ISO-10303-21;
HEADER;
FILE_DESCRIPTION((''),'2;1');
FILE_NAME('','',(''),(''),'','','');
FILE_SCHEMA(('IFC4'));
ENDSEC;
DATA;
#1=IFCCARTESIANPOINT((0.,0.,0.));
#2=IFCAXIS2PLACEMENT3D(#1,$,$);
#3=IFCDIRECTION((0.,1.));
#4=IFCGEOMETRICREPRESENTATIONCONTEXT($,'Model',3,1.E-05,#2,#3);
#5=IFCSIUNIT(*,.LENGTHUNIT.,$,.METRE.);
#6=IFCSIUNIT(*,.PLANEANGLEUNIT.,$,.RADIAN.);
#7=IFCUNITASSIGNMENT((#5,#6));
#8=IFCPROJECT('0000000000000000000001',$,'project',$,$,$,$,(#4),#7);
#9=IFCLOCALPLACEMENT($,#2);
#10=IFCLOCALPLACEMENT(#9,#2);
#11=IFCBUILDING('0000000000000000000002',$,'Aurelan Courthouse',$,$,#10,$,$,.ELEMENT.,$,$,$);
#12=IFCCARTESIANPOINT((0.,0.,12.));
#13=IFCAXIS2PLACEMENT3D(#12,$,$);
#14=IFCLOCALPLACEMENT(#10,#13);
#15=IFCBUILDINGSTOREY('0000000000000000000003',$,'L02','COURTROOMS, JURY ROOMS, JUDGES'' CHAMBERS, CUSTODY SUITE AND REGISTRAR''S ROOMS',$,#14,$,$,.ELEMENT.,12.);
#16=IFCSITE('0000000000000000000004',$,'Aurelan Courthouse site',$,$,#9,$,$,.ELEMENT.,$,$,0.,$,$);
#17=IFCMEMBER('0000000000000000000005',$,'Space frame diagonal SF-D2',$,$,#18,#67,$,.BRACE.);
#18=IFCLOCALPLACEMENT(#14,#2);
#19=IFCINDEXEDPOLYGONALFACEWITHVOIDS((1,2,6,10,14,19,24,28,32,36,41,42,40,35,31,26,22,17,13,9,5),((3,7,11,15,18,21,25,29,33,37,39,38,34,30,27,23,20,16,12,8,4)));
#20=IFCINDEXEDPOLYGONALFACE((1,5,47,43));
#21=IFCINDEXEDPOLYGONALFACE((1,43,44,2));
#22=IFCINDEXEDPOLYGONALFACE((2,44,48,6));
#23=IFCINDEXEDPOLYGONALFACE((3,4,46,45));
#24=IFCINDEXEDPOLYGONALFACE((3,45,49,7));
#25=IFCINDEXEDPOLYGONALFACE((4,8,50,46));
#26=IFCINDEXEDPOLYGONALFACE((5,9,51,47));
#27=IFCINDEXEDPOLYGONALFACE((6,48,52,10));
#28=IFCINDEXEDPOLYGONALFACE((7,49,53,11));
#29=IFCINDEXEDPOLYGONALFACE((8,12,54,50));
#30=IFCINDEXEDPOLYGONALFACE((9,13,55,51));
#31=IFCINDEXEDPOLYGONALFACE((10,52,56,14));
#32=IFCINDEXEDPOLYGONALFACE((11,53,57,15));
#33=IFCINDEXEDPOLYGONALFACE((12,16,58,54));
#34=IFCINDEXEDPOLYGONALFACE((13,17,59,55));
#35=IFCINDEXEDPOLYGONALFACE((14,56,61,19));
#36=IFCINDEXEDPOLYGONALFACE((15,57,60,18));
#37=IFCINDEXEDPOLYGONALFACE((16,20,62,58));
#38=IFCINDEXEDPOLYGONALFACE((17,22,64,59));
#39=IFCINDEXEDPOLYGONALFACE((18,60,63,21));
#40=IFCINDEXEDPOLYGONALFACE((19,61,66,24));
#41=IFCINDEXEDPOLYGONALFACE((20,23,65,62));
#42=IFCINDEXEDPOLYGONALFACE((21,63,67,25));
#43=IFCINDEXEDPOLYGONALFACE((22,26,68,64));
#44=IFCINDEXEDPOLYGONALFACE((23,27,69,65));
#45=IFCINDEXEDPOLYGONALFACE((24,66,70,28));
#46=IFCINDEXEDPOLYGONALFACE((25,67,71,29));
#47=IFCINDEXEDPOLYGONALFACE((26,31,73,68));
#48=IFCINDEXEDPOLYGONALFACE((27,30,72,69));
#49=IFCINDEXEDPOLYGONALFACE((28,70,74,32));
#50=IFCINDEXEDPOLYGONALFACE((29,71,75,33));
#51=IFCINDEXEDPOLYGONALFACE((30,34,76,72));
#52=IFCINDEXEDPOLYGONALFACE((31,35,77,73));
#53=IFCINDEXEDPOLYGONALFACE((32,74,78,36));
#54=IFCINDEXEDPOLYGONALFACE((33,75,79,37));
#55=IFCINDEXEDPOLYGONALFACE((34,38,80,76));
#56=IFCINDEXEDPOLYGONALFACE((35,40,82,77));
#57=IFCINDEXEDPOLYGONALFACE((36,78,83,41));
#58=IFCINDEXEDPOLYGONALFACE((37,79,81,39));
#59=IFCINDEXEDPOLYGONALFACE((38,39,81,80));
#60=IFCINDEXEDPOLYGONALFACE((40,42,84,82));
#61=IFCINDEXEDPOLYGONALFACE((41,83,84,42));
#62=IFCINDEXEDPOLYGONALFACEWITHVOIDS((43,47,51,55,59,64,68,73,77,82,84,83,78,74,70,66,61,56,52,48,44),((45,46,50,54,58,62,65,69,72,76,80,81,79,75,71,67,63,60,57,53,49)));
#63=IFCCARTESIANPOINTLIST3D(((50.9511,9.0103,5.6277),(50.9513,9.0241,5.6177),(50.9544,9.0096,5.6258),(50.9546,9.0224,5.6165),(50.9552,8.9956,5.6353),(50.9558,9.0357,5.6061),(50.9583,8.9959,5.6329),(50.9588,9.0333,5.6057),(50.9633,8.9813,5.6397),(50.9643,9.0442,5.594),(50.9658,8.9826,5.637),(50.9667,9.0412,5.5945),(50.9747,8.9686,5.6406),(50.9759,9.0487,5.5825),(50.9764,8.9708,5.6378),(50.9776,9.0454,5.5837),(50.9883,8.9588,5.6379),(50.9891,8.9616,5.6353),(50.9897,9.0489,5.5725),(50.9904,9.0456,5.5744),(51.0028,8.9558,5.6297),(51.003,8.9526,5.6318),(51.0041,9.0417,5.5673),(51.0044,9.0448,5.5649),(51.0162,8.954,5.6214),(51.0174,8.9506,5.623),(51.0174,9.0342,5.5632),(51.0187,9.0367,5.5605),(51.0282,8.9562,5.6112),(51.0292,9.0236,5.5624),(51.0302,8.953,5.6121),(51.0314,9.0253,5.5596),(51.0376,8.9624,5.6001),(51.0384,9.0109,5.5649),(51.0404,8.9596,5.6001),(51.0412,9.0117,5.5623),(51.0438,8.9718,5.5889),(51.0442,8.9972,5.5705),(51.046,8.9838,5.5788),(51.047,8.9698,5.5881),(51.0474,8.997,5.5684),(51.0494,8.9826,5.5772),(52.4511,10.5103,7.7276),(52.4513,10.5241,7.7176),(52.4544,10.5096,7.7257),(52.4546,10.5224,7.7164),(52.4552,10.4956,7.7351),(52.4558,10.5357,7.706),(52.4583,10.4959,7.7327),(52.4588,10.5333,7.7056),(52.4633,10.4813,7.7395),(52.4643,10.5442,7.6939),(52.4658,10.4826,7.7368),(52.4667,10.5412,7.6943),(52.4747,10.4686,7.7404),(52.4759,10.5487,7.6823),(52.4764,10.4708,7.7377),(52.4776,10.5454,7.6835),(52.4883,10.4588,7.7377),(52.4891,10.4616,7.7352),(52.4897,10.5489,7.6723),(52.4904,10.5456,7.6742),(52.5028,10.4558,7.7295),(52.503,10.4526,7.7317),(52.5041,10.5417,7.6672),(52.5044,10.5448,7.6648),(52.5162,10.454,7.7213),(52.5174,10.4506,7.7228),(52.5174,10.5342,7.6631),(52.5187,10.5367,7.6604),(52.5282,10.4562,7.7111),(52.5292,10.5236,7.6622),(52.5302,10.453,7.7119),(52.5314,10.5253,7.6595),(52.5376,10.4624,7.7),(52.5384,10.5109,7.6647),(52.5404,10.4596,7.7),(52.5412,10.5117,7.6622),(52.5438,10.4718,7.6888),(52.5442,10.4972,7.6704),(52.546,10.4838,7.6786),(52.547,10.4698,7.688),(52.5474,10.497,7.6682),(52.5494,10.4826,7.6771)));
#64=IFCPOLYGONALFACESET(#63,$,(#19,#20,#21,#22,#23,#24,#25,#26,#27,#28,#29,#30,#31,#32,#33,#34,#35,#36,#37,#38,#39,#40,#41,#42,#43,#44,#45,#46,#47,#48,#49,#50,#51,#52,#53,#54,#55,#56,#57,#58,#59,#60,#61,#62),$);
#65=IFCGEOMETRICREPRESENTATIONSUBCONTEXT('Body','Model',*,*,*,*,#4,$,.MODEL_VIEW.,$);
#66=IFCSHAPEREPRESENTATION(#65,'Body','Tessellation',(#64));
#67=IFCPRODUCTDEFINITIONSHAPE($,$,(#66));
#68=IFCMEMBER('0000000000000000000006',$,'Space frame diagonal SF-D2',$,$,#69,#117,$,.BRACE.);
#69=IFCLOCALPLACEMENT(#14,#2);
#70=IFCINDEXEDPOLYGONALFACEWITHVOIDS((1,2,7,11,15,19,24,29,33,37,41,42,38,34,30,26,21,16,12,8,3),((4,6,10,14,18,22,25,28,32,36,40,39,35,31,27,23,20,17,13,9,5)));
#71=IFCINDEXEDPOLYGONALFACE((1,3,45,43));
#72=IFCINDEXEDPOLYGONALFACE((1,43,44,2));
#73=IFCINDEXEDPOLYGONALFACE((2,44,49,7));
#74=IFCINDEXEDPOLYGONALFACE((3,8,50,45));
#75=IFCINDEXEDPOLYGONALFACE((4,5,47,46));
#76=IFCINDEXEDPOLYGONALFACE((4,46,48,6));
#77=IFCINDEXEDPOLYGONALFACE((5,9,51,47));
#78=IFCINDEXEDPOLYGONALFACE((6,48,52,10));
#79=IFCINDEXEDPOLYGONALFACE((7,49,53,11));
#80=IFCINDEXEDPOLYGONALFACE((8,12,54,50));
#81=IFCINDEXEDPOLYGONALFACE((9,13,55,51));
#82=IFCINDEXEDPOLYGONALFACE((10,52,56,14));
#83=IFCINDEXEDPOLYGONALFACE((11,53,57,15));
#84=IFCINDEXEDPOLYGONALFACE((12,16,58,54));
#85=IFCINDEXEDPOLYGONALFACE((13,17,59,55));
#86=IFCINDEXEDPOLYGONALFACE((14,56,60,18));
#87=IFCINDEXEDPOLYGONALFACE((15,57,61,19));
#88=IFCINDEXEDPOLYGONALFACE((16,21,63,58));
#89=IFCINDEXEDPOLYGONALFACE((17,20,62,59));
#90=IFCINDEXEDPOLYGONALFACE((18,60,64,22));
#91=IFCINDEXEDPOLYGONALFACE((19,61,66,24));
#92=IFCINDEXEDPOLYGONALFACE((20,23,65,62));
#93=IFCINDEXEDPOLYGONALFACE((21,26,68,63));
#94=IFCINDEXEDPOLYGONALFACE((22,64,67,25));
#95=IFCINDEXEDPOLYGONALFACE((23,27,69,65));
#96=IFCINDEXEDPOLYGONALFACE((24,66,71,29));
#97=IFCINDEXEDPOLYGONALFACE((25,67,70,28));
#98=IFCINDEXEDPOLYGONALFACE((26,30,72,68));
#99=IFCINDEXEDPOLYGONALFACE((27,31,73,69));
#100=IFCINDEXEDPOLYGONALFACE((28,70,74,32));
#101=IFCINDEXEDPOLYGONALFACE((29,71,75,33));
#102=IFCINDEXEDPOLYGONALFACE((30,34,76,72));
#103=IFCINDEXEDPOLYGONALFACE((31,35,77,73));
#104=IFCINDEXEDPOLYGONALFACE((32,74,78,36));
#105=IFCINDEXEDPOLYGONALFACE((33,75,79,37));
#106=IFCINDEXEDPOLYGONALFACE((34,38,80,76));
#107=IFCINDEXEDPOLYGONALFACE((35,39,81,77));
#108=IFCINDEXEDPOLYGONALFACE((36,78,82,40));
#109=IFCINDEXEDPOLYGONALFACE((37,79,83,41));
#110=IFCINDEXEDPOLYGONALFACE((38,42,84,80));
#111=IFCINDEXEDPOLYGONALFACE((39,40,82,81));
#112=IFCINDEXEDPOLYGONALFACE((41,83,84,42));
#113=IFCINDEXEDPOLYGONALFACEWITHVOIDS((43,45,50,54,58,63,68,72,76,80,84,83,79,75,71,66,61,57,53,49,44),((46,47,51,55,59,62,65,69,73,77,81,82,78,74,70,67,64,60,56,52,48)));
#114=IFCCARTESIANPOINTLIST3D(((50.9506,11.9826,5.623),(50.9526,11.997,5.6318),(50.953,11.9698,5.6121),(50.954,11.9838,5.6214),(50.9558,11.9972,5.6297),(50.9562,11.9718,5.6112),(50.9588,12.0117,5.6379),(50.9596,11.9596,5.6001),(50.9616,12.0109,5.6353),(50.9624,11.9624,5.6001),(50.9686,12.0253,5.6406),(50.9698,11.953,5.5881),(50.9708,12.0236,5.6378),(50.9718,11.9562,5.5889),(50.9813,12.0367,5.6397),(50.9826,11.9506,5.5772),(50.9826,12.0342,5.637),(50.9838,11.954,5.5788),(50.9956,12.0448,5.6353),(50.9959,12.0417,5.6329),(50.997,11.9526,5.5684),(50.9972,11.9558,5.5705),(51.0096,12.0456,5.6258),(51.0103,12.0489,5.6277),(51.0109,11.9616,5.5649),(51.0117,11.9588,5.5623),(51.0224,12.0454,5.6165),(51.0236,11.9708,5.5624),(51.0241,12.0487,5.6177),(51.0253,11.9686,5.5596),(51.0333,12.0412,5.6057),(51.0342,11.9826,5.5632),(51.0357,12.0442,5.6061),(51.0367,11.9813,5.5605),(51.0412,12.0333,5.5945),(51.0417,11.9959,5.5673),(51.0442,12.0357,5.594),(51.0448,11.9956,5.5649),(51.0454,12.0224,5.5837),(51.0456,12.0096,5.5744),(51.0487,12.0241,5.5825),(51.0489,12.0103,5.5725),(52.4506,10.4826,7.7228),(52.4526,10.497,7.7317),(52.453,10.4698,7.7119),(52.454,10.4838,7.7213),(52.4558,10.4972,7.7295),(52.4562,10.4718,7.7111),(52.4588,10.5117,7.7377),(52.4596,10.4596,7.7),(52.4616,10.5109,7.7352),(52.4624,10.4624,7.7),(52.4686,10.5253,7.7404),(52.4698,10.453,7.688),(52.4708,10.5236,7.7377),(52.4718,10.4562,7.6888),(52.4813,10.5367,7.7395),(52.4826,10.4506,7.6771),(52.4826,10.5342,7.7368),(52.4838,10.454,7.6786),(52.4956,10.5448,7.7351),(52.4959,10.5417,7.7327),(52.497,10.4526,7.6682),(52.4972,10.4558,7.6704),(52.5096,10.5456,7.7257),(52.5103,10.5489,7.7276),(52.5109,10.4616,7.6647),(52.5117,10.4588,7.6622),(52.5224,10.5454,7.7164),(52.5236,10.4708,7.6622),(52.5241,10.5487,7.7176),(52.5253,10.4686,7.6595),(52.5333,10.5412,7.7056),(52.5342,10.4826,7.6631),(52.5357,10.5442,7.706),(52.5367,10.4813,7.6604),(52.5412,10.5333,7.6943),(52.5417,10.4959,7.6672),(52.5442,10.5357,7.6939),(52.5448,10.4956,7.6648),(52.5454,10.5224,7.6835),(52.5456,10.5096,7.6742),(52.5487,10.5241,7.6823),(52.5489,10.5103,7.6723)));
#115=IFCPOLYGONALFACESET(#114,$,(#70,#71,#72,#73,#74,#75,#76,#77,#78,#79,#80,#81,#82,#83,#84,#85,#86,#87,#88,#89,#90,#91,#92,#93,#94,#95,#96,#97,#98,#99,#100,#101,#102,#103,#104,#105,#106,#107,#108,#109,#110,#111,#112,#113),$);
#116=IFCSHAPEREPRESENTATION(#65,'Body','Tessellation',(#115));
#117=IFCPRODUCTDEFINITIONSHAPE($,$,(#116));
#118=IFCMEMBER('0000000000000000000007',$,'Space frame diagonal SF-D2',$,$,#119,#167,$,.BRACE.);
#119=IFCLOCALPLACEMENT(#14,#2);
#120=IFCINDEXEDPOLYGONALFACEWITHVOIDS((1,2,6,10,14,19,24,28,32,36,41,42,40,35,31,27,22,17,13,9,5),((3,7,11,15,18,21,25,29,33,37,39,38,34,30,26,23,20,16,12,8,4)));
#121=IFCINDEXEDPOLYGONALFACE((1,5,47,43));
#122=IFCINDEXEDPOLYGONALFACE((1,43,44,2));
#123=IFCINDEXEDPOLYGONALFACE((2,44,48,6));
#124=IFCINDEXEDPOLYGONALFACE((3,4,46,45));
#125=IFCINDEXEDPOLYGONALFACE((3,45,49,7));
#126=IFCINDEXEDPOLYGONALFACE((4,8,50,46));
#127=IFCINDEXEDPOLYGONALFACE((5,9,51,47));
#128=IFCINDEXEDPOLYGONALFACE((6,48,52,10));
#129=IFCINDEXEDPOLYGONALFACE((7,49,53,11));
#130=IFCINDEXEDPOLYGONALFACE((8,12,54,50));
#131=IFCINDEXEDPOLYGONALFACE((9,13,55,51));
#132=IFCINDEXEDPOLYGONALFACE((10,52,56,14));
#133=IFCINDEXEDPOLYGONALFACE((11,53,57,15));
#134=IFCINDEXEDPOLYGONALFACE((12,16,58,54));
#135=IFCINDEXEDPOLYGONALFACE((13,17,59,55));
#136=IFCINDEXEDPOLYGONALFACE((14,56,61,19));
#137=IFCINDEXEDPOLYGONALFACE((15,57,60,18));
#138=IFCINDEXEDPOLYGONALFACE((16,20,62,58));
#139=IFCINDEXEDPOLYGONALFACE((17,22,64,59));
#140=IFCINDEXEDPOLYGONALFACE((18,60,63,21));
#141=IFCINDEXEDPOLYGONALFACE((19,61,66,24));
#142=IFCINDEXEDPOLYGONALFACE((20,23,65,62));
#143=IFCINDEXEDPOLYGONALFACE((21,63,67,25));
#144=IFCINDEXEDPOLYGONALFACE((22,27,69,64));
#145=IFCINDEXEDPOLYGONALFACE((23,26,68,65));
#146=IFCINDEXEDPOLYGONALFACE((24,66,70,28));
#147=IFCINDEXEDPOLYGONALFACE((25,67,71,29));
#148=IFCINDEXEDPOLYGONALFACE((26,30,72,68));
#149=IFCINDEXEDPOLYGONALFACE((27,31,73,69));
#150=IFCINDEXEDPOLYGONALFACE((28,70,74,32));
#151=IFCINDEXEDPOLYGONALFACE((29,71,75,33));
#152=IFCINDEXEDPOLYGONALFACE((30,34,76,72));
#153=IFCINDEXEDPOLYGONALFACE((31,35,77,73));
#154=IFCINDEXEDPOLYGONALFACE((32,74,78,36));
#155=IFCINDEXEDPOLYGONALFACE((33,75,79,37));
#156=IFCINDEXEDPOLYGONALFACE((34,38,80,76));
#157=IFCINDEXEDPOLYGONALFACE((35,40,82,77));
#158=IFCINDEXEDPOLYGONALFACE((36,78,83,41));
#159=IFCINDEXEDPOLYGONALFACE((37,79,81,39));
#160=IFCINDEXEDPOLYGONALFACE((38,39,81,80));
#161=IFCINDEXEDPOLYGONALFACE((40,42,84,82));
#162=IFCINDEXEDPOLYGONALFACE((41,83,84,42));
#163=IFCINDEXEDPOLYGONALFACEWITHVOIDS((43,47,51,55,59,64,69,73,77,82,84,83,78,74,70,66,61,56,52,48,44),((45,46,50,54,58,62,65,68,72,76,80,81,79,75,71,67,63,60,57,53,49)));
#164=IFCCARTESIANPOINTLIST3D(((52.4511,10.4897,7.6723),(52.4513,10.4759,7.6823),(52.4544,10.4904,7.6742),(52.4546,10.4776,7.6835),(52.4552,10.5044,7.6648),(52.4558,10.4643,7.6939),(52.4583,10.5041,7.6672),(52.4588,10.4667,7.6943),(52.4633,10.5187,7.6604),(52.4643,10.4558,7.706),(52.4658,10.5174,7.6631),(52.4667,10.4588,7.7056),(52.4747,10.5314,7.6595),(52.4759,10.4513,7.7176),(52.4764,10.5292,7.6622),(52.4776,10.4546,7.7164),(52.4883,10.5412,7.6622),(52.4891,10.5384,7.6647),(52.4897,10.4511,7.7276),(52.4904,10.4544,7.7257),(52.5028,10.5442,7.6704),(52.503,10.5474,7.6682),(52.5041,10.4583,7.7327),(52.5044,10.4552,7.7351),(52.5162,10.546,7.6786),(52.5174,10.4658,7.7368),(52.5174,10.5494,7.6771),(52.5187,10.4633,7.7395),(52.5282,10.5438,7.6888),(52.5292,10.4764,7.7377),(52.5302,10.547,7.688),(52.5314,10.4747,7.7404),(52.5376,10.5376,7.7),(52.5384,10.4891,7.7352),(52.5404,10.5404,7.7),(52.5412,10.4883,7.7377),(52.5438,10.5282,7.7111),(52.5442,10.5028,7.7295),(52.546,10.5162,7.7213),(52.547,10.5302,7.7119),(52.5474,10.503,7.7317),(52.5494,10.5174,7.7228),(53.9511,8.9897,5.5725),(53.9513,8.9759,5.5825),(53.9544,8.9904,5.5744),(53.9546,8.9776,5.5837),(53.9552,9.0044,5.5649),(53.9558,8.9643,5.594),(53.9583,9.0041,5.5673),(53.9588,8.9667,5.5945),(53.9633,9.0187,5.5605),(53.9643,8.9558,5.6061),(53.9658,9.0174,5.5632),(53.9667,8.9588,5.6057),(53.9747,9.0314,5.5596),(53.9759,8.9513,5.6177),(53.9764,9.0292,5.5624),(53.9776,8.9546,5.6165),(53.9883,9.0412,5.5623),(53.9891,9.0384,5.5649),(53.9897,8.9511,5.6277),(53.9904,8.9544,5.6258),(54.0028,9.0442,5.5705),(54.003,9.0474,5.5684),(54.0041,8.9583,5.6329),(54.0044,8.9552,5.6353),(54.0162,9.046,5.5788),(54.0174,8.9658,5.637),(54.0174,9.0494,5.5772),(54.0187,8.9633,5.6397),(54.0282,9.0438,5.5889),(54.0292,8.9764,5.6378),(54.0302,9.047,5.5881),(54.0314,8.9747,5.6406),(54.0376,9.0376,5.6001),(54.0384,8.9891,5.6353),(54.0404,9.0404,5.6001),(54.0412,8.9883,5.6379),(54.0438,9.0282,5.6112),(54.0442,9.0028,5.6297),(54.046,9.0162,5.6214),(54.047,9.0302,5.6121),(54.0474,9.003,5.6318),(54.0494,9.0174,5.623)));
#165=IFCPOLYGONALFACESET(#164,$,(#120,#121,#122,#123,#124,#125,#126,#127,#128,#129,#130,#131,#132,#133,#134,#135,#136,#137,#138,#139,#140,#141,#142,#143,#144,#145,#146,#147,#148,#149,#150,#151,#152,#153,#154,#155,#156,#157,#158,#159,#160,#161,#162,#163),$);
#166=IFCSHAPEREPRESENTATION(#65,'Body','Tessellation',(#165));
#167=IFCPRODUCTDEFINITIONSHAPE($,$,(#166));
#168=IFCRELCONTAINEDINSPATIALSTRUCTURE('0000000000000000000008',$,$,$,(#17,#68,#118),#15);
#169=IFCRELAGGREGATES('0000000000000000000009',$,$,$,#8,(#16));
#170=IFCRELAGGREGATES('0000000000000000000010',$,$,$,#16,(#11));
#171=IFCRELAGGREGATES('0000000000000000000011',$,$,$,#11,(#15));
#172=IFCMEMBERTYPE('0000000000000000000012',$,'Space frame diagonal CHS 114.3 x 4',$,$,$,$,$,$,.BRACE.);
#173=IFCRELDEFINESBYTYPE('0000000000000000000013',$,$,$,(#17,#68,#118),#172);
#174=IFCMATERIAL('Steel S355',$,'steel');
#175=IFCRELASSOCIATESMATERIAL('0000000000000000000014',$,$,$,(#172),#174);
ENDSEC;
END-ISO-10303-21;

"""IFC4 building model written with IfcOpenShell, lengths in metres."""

from ifc_helpers import new_model, si_unit, direction, frame, origin, origin_2d, place, context, subcontext, project, spatial, hollow_circle, extrude, material, material_profile, profile_set, type_object, element, save


model = new_model("IFC4")

# Units and contexts
model_context = context("Model", 3, precision=1e-05, world=origin(), true_north=direction((0.0, 1.0)))
body_context = subcontext(model_context, "Body", "Model", "MODEL_VIEW")
ifc_project = project(units=[si_unit("LENGTHUNIT", "METRE"), si_unit("PLANEANGLEUNIT", "RADIAN")], contexts=[model_context])

# Site, building, storey
site_placement = place(None, origin())
site = spatial("IfcSite", under=ifc_project, at=site_placement, Name="Aurelan Courthouse site", CompositionType="ELEMENT", RefElevation=0.0)
building_placement = place(site_placement, origin())
building = spatial("IfcBuilding", under=site, at=building_placement, Name="Aurelan Courthouse", CompositionType="ELEMENT")
storey_placement = place(building_placement, frame((0.0, 0.0, 12.0)))
storey = spatial("IfcBuildingStorey", under=building, at=storey_placement, Name="L02", Description="COURTROOMS, JURY ROOMS, JUDGES' CHAMBERS, CUSTODY SUITE AND REGISTRAR'S ROOMS", CompositionType="ELEMENT", Elevation=12.0)

# Shared definitions
ifc_material_1 = material(Name="Steel S355", Category="steel")

# Members
ifc_material_profile_1 = material_profile(ifc_material_1, hollow_circle(Radius=0.0571, WallThickness=0.0039, at=origin_2d()), Name="CHS 114.3 x 4")
ifc_profile_set_1 = profile_set([ifc_material_profile_1], Name="Steel S355")
member_type_1 = type_object("IfcMemberType", Name="Space frame diagonal CHS 114.3 x 4", PredefinedType="BRACE", material=ifc_profile_set_1)
for number, where, z_axis, x_axis, name in (
    (1, (52.5, 10.5, 7.7), (-0.502536, -0.502536, -0.703502), (0.707107, -0.707107, 0.0), "Space frame diagonal SF-D2"),
    (2, (52.5, 10.5, 7.7), (-0.502536, 0.502536, -0.703502), (-0.707107, -0.707107, 0.0), "Space frame diagonal SF-D2"),
    (3, (52.5, 10.5, 7.7), (0.502536, -0.502536, -0.703502), (0.707107, 0.707107, 0.0), "Space frame diagonal SF-D2"),
):
    element("IfcMember", number, at=place(storey_placement, frame(where, z_axis=z_axis, x_axis=x_axis)), inside=storey, type_object=member_type_1, Name=name, PredefinedType="BRACE", context=body_context, shape_type="SweptSolid", body=[
        extrude(hollow_circle(Radius=0.0571, WallThickness=0.0039, at=origin_2d()), origin(), (0.0, 0.0, 1.0), 2.9849),
    ])

save(model, "model.ifc")
